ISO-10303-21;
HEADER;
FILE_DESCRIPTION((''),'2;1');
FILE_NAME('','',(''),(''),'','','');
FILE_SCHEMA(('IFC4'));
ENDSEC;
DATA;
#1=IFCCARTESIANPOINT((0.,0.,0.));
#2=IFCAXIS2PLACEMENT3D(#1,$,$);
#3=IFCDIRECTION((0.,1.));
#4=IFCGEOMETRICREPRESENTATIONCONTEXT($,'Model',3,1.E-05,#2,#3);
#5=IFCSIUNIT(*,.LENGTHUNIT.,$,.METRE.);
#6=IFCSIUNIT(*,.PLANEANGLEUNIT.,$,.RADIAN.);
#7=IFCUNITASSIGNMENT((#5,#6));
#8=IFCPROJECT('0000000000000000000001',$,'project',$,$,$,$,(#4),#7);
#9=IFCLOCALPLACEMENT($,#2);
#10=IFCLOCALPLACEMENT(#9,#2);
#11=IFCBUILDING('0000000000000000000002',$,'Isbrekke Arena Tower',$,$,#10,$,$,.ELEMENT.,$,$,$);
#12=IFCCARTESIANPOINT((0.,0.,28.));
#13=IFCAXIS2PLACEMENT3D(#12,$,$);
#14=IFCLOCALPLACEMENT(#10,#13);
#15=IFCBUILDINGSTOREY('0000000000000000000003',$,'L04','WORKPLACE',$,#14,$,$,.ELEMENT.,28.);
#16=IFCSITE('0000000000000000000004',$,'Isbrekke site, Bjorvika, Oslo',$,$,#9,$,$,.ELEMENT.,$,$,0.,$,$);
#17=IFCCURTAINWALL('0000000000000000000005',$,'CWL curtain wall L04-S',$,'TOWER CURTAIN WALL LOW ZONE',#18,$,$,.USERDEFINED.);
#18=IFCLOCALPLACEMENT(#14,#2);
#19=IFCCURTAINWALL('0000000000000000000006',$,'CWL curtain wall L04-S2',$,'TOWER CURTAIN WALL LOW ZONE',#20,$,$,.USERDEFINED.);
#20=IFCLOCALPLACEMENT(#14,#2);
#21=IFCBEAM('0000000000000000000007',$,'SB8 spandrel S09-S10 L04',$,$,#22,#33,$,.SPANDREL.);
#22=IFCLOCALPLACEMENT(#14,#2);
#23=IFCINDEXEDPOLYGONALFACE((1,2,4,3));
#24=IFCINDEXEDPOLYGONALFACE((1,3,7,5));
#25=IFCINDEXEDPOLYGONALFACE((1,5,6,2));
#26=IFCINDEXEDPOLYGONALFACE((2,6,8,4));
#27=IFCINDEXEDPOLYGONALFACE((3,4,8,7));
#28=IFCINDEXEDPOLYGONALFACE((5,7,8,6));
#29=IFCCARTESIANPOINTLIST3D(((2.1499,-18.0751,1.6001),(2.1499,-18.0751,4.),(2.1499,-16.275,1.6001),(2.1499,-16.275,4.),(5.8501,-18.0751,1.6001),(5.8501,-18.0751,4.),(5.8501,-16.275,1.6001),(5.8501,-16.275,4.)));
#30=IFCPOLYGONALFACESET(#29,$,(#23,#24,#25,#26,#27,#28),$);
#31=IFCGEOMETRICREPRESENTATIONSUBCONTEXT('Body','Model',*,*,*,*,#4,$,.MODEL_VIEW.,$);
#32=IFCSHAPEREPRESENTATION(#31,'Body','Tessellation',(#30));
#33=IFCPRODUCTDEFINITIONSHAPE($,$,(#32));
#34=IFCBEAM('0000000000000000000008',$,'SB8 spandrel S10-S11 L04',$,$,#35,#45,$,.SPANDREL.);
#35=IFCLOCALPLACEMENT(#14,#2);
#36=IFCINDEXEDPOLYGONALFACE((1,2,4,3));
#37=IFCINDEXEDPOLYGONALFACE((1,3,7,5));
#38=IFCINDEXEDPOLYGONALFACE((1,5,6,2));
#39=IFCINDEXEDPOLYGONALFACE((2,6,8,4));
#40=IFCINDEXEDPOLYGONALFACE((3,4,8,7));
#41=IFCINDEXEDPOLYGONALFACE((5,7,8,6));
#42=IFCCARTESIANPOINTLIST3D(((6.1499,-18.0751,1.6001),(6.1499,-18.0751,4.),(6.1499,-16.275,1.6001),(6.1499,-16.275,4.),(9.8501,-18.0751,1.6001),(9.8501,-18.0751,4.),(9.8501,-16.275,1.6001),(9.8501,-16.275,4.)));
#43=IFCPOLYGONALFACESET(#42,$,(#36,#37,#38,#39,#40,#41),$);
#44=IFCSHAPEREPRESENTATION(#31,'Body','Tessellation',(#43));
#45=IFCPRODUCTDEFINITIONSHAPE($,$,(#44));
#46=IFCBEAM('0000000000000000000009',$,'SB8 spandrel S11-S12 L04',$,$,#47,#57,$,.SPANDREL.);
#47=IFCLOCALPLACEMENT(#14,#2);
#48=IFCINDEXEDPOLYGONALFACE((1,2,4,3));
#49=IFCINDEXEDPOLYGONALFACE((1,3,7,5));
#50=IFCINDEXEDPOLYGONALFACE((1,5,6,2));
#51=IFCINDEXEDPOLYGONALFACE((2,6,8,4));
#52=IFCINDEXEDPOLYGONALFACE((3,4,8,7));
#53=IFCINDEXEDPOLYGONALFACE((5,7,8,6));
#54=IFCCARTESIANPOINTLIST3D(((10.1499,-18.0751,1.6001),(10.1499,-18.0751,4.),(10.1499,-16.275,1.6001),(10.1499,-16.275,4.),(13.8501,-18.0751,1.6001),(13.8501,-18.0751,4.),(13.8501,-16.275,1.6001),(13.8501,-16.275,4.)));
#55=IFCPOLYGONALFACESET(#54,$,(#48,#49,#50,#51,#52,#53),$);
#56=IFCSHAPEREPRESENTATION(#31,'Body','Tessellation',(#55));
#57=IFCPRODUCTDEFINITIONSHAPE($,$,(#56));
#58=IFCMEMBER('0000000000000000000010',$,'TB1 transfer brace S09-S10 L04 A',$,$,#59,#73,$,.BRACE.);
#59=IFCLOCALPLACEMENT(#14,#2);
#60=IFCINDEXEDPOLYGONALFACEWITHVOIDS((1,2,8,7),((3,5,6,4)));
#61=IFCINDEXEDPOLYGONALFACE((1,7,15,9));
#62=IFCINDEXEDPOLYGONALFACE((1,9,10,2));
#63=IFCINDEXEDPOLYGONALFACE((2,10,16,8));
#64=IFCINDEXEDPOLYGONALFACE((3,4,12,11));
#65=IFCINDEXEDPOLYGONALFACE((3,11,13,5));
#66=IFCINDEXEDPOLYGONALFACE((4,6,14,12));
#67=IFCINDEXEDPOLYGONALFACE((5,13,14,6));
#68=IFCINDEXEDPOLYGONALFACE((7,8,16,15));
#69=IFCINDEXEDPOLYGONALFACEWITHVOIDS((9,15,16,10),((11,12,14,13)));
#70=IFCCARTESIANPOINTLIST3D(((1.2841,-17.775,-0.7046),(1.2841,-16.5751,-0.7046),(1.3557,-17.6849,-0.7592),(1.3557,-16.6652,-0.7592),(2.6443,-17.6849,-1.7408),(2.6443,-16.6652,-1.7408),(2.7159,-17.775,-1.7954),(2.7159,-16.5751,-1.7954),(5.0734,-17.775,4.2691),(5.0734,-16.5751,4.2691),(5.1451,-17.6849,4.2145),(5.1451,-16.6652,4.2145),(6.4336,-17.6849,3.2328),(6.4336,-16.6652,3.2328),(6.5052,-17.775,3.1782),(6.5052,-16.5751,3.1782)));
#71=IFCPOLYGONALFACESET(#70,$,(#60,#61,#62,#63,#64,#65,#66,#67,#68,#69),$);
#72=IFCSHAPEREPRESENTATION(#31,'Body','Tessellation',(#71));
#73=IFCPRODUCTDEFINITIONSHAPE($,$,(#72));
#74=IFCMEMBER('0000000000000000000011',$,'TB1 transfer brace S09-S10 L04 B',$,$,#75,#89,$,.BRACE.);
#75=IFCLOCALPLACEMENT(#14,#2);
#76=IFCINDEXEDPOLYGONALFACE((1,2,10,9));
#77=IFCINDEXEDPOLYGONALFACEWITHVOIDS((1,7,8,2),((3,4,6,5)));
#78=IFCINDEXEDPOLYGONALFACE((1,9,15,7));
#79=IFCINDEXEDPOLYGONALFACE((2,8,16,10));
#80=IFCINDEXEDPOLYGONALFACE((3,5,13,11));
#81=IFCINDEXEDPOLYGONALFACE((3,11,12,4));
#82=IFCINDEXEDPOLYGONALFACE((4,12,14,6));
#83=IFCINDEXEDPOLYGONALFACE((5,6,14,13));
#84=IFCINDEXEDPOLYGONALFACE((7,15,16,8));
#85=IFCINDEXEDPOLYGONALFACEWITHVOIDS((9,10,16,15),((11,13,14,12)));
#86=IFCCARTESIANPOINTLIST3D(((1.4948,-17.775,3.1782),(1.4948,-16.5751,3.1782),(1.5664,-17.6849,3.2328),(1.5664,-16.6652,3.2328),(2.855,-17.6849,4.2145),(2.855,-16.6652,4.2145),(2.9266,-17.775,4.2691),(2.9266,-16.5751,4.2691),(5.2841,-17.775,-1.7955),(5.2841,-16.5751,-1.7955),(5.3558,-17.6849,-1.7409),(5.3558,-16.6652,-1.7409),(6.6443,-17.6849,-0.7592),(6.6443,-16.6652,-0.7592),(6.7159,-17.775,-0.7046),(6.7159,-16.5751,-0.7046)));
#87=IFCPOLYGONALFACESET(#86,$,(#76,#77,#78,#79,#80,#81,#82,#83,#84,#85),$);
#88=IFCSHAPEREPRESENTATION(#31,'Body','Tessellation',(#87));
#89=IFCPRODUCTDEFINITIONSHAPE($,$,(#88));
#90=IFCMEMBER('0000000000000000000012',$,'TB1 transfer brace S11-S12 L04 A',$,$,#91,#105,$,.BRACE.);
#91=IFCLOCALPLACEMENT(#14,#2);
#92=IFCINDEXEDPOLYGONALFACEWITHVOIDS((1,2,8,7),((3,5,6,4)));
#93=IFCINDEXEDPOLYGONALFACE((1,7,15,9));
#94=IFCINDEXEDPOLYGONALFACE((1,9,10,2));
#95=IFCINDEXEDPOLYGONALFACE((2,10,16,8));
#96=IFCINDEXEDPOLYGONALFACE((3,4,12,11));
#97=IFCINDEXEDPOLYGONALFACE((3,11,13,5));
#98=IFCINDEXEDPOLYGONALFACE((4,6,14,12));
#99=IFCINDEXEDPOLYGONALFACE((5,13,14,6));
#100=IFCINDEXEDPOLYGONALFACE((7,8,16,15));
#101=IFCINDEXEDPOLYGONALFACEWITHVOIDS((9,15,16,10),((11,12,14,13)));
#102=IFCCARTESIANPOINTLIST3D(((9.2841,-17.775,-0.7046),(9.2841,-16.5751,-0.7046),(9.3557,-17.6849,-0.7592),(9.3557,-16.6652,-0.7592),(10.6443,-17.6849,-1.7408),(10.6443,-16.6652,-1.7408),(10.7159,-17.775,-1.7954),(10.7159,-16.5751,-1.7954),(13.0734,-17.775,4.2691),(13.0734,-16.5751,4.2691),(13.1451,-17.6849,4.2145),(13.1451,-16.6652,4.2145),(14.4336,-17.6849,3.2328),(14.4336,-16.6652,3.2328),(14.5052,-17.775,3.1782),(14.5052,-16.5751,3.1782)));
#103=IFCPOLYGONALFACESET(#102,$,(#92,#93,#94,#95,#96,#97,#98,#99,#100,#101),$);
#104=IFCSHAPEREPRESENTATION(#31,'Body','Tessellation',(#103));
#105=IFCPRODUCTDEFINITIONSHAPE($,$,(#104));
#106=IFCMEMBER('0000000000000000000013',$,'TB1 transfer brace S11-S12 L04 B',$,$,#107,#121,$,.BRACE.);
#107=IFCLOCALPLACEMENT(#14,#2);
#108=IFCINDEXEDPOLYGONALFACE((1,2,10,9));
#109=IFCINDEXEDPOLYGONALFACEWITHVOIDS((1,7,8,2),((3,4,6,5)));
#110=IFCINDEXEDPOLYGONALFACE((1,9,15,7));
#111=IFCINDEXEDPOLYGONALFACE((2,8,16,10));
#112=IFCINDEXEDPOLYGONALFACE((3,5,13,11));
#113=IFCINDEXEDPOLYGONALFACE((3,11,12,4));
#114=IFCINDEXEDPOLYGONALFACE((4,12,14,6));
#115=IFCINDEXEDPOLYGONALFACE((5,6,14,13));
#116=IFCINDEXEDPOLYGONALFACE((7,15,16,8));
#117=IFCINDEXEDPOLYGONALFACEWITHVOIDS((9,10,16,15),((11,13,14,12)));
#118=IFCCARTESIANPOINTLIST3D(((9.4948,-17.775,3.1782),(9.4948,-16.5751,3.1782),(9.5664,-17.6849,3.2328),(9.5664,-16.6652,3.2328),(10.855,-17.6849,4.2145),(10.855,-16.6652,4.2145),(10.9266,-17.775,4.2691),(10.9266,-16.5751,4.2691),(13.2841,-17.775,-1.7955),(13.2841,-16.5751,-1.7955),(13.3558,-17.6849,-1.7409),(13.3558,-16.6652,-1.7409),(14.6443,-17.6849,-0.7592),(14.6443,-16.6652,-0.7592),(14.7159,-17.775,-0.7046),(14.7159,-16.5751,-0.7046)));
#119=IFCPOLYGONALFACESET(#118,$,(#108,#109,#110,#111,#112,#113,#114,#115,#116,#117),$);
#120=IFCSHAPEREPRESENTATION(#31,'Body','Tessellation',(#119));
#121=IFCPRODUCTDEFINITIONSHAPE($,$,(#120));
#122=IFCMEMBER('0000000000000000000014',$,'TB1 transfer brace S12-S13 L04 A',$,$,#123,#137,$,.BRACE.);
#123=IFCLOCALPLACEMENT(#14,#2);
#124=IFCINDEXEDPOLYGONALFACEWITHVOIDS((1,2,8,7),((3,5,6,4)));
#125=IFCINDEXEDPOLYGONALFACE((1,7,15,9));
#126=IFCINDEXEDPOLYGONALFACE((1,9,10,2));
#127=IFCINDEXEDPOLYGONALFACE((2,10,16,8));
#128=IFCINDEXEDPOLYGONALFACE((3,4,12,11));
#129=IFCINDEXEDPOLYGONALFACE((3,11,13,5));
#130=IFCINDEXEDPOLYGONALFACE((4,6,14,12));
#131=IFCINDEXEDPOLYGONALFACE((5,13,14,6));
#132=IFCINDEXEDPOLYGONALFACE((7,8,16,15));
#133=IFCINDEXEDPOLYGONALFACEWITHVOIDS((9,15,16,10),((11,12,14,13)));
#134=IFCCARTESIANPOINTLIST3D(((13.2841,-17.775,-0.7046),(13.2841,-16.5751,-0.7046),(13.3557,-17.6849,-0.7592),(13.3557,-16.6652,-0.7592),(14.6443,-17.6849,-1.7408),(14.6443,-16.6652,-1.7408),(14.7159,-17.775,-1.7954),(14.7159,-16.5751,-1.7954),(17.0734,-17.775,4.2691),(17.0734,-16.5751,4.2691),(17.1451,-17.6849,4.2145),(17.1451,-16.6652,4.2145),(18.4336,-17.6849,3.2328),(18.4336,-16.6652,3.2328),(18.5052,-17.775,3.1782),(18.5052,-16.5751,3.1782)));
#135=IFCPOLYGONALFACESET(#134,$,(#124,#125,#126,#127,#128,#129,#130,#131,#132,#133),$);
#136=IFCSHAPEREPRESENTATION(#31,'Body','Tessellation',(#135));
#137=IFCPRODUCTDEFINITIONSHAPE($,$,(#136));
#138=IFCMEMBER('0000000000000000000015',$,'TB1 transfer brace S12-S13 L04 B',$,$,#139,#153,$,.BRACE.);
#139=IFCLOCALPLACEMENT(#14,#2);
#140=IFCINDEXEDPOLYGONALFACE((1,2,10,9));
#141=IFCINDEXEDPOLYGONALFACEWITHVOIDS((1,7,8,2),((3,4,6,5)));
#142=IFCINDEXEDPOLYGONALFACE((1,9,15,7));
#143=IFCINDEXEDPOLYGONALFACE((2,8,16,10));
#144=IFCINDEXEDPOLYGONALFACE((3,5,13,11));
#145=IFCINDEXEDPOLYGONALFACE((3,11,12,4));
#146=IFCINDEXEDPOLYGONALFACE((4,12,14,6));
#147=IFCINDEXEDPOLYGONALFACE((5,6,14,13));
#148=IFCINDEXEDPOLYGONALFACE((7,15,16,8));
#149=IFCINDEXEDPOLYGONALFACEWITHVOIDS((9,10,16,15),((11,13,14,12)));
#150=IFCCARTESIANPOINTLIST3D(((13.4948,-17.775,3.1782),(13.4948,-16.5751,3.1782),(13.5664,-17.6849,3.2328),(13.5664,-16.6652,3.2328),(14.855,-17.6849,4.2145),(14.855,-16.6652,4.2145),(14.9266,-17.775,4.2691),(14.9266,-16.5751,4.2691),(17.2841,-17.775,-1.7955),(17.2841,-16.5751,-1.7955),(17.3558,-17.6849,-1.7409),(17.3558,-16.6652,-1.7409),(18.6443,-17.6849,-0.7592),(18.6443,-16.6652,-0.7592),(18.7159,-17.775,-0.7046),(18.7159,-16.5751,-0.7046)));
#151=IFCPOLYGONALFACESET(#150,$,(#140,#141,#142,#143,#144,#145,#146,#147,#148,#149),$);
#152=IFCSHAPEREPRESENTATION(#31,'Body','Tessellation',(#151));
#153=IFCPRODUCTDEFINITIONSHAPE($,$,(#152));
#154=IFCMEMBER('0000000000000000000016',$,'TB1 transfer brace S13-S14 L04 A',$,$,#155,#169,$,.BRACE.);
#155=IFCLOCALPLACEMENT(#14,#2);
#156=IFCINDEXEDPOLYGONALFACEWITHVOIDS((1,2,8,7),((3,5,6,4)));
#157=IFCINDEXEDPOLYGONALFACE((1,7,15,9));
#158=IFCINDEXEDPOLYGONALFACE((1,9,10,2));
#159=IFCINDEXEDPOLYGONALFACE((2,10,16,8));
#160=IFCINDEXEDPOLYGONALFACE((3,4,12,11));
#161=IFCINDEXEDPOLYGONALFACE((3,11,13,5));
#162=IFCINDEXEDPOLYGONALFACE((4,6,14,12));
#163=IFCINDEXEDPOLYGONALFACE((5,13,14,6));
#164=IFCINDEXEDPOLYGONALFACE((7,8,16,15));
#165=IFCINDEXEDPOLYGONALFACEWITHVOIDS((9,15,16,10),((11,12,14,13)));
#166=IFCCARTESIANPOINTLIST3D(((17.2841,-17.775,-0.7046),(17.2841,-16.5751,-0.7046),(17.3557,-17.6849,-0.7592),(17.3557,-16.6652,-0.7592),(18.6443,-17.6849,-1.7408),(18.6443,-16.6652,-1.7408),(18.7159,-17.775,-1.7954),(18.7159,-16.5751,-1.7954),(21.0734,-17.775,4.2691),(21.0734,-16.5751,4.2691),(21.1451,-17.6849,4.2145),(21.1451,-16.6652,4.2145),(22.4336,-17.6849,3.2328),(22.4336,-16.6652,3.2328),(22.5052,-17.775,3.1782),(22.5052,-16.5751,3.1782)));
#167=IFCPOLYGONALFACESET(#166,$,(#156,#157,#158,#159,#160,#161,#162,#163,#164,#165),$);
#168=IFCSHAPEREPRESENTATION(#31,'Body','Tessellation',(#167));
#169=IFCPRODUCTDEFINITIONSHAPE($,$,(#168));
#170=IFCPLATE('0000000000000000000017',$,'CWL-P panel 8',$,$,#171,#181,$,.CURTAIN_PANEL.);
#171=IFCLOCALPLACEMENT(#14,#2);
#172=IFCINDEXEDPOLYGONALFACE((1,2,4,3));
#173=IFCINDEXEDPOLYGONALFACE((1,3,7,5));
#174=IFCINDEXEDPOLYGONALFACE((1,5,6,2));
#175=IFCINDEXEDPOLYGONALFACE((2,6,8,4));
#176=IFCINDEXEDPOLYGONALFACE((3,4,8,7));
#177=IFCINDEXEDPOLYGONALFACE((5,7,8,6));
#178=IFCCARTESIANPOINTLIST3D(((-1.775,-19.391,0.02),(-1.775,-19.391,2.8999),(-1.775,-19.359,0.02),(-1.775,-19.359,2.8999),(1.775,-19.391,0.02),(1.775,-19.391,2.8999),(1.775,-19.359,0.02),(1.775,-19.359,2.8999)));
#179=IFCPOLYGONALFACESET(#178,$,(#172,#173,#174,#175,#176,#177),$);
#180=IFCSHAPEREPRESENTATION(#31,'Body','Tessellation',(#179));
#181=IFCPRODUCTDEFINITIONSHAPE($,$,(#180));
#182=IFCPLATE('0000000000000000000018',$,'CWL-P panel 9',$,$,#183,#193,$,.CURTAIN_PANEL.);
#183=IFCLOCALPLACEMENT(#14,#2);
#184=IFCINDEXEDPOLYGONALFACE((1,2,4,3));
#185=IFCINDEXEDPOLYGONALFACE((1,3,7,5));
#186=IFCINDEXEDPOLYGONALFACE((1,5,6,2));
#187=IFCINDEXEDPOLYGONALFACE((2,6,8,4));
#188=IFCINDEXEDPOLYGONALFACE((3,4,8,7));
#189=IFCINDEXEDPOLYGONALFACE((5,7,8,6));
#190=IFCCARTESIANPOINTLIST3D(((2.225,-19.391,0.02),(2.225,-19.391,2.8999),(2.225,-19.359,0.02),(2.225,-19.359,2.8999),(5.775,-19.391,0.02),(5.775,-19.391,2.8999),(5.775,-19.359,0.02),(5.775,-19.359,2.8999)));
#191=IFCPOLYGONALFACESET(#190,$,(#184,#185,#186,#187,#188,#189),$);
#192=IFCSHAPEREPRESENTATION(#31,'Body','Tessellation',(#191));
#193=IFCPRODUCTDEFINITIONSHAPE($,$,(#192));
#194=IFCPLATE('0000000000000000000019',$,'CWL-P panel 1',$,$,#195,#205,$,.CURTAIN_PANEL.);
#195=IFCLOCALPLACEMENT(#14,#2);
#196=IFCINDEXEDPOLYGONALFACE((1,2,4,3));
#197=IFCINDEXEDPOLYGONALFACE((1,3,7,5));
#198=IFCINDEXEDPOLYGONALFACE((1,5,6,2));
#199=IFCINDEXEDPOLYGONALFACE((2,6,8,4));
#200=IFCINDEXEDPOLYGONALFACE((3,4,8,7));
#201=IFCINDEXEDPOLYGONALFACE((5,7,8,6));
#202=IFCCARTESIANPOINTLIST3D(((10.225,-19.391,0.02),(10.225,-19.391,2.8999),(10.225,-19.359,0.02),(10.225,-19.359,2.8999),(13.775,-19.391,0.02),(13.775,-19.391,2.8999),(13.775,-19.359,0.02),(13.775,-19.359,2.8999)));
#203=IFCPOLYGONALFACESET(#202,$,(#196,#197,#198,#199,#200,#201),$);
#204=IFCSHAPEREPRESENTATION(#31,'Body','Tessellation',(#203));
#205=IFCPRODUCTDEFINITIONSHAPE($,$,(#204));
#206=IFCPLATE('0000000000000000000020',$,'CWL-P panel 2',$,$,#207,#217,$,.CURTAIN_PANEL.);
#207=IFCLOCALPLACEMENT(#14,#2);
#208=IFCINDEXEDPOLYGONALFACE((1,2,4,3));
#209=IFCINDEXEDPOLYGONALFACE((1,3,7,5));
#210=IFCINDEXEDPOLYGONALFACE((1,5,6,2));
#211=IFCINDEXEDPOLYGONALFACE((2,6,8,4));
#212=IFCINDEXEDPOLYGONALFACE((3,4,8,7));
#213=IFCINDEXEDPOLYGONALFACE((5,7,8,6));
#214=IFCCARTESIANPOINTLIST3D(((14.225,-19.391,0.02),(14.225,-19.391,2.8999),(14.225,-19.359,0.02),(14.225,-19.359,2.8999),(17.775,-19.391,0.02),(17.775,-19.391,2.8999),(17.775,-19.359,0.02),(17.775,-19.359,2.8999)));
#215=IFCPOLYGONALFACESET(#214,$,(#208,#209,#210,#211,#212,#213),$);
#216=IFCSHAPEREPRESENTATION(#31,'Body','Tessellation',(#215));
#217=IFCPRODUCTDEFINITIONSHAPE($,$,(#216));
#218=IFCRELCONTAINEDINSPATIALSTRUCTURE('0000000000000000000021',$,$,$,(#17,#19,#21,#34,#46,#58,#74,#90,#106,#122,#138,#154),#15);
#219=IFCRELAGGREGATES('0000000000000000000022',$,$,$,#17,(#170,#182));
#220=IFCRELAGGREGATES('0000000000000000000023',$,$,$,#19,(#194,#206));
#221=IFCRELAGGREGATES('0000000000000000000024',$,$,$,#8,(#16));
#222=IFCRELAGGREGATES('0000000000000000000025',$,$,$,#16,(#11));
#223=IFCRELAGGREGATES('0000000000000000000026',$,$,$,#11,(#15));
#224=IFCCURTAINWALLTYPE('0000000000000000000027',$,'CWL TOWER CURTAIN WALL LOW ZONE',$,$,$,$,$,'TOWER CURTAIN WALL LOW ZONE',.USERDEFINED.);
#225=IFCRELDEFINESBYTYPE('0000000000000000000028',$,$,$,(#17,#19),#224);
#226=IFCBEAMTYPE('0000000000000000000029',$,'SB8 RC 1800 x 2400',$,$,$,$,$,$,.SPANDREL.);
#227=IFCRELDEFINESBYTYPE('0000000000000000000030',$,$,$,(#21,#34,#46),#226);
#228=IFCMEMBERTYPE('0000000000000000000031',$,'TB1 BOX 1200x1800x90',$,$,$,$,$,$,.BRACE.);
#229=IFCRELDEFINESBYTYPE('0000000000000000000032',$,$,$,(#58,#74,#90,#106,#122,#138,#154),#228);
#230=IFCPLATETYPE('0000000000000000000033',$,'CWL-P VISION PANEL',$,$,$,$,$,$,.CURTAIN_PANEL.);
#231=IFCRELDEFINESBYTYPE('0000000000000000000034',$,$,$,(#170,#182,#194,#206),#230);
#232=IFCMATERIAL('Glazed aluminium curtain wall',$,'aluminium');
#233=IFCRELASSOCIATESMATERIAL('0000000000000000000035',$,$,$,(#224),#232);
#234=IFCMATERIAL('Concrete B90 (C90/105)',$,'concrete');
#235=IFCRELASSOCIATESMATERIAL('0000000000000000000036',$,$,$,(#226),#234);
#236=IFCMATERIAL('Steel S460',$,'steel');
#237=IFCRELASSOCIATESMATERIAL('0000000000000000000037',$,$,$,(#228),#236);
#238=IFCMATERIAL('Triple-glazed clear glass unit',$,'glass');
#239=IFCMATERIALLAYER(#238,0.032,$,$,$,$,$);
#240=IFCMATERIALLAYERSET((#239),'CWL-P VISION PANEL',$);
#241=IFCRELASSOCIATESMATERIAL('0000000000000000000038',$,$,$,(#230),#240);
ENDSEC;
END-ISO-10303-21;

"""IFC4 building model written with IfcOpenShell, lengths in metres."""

from ifc_helpers import new_model, si_unit, direction, frame, origin, origin_2d, place, context, subcontext, project, spatial, rectangle, hollow_rectangle, extrude, material, layer, layer_set, material_profile, profile_set, type_object, element, aggregate, save


model = new_model("IFC4")

# Units and contexts
model_context = context("Model", 3, precision=1e-05, world=origin(), true_north=direction((0.0, 1.0)))
body_context = subcontext(model_context, "Body", "Model", "MODEL_VIEW")
ifc_project = project(units=[si_unit("LENGTHUNIT", "METRE"), si_unit("PLANEANGLEUNIT", "RADIAN")], contexts=[model_context])

# Site, building, storey
site_placement = place(None, origin())
site = spatial("IfcSite", under=ifc_project, at=site_placement, Name="Isbrekke site, Bjorvika, Oslo", CompositionType="ELEMENT", RefElevation=0.0)
building_placement = place(site_placement, origin())
building = spatial("IfcBuilding", under=site, at=building_placement, Name="Isbrekke Arena Tower", CompositionType="ELEMENT")
storey_placement = place(building_placement, frame((0.0, 0.0, 28.0)))
storey = spatial("IfcBuildingStorey", under=building, at=storey_placement, Name="L04", Description="WORKPLACE", CompositionType="ELEMENT", Elevation=28.0)

# Curtain walls
ifc_material_1 = material(Name="Glazed aluminium curtain wall", Category="aluminium")
curtain_wall_type = type_object("IfcCurtainWallType", Name="CWL TOWER CURTAIN WALL LOW ZONE", ElementType="TOWER CURTAIN WALL LOW ZONE", PredefinedType="USERDEFINED", material=ifc_material_1)
curtain_wall_1_placement = place(storey_placement, origin())
curtain_wall_1 = element("IfcCurtainWall", 1, at=curtain_wall_1_placement, inside=storey, type_object=curtain_wall_type, Name="CWL curtain wall L04-S", ObjectType="TOWER CURTAIN WALL LOW ZONE", PredefinedType="USERDEFINED")
curtain_wall_2_placement = place(storey_placement, origin())
curtain_wall_2 = element("IfcCurtainWall", 2, at=curtain_wall_2_placement, inside=storey, type_object=curtain_wall_type, Name="CWL curtain wall L04-S2", ObjectType="TOWER CURTAIN WALL LOW ZONE", PredefinedType="USERDEFINED")

# Beams
ifc_material_2 = material(Name="Concrete B90 (C90/105)", Category="concrete")
ifc_material_profile_1 = material_profile(ifc_material_2, rectangle(XDim=1.8, YDim=2.3999, at=origin_2d()), Name="RC 1800x2400")
ifc_profile_set_1 = profile_set([ifc_material_profile_1], Name="Concrete B90 (C90/105)")
beam_type_1 = type_object("IfcBeamType", Name="SB8 RC 1800 x 2400", PredefinedType="SPANDREL", material=ifc_profile_set_1)
for number, where, z_axis, x_axis, name in (
    (3, (2.1499, -17.175, 2.8), (1.0, 0.0, 0.0), (0.0, 1.0, 0.0), "SB8 spandrel S09-S10 L04"),
    (4, (6.1499, -17.175, 2.8), (1.0, 0.0, 0.0), (0.0, 1.0, 0.0), "SB8 spandrel S10-S11 L04"),
    (5, (10.1499, -17.175, 2.8), (1.0, 0.0, 0.0), (0.0, 1.0, 0.0), "SB8 spandrel S11-S12 L04"),
):
    element("IfcBeam", number, at=place(storey_placement, frame(where, z_axis=z_axis, x_axis=x_axis)), inside=storey, type_object=beam_type_1, Name=name, PredefinedType="SPANDREL", context=body_context, shape_type="SweptSolid", body=[
        extrude(rectangle(XDim=1.8, YDim=2.3999, at=origin_2d()), origin(), (0.0, 0.0, 1.0), 3.7002),
    ])

# Members
ifc_material_3 = material(Name="Steel S460", Category="steel")
ifc_material_profile_2 = material_profile(ifc_material_3, hollow_rectangle(XDim=1.2, YDim=1.8, WallThickness=0.0901, at=origin_2d()), Name="BOX 1200x1800x90")
ifc_profile_set_2 = profile_set([ifc_material_profile_2], Name="Steel S460")
member_type_1 = type_object("IfcMemberType", Name="TB1 BOX 1200x1800x90", PredefinedType="BRACE", material=ifc_profile_set_2)
for number, where, z_axis, x_axis, name in (
    (6, (2.0, -17.175, -1.25), (0.60603, 0.0, 0.795442), (0.0, 1.0, 0.0), "TB1 transfer brace S09-S10 L04 A"),
    (7, (2.2107, -17.175, 3.7236), (0.60603, 0.0, -0.795442), (0.0, 1.0, 0.0), "TB1 transfer brace S09-S10 L04 B"),
    (8, (10.0, -17.175, -1.25), (0.60603, 0.0, 0.795442), (0.0, 1.0, 0.0), "TB1 transfer brace S11-S12 L04 A"),
    (9, (10.2107, -17.175, 3.7236), (0.60603, 0.0, -0.795442), (0.0, 1.0, 0.0), "TB1 transfer brace S11-S12 L04 B"),
    (10, (14.0, -17.175, -1.25), (0.60603, 0.0, 0.795442), (0.0, 1.0, 0.0), "TB1 transfer brace S12-S13 L04 A"),
    (11, (14.2107, -17.175, 3.7236), (0.60603, 0.0, -0.795442), (0.0, 1.0, 0.0), "TB1 transfer brace S12-S13 L04 B"),
    (12, (18.0, -17.175, -1.25), (0.60603, 0.0, 0.795442), (0.0, 1.0, 0.0), "TB1 transfer brace S13-S14 L04 A"),
):
    element("IfcMember", number, at=place(storey_placement, frame(where, z_axis=z_axis, x_axis=x_axis)), inside=storey, type_object=member_type_1, Name=name, PredefinedType="BRACE", context=body_context, shape_type="SweptSolid", body=[
        extrude(hollow_rectangle(XDim=1.2, YDim=1.8, WallThickness=0.0901, at=origin_2d()), origin(), (0.0, 0.0, 1.0), 6.2527),
    ])

# Plates
ifc_material_4 = material(Name="Triple-glazed clear glass unit", Category="glass")
ifc_layer_1 = layer(ifc_material_4, 0.032)
ifc_layer_set_1 = layer_set([ifc_layer_1], Name="CWL-P VISION PANEL")
plate_type = type_object("IfcPlateType", Name="CWL-P VISION PANEL", PredefinedType="CURTAIN_PANEL", material=ifc_layer_set_1)
plate_1_placement = place(storey_placement, frame((0.0, -19.375, 0.02), z_axis=(0.0, 0.0, 1.0), x_axis=(1.0, 0.0, 0.0)))
plate_1 = element("IfcPlate", 13, at=plate_1_placement, type_object=plate_type, Name="CWL-P panel 8", PredefinedType="CURTAIN_PANEL", context=body_context, shape_type="SweptSolid", body=[
    extrude(rectangle(XDim=3.55, YDim=0.032, at=origin_2d()), origin(), (0.0, 0.0, 1.0), 2.8799),
])
plate_2_placement = place(storey_placement, frame((4.0, -19.375, 0.02), z_axis=(0.0, 0.0, 1.0), x_axis=(1.0, 0.0, 0.0)))
plate_2 = element("IfcPlate", 14, at=plate_2_placement, type_object=plate_type, Name="CWL-P panel 9", PredefinedType="CURTAIN_PANEL", context=body_context, shape_type="SweptSolid", body=[
    extrude(rectangle(XDim=3.55, YDim=0.032, at=origin_2d()), origin(), (0.0, 0.0, 1.0), 2.8799),
])
aggregate(curtain_wall_1, [plate_1, plate_2])
plate_3_placement = place(storey_placement, frame((12.0, -19.375, 0.02), z_axis=(0.0, 0.0, 1.0), x_axis=(1.0, 0.0, 0.0)))
plate_3 = element("IfcPlate", 15, at=plate_3_placement, type_object=plate_type, Name="CWL-P panel 1", PredefinedType="CURTAIN_PANEL", context=body_context, shape_type="SweptSolid", body=[
    extrude(rectangle(XDim=3.55, YDim=0.032, at=origin_2d()), origin(), (0.0, 0.0, 1.0), 2.8799),
])
plate_4_placement = place(storey_placement, frame((16.0, -19.375, 0.02), z_axis=(0.0, 0.0, 1.0), x_axis=(1.0, 0.0, 0.0)))
plate_4 = element("IfcPlate", 16, at=plate_4_placement, type_object=plate_type, Name="CWL-P panel 2", PredefinedType="CURTAIN_PANEL", context=body_context, shape_type="SweptSolid", body=[
    extrude(rectangle(XDim=3.55, YDim=0.032, at=origin_2d()), origin(), (0.0, 0.0, 1.0), 2.8799),
])
aggregate(curtain_wall_2, [plate_3, plate_4])

save(model, "model.ifc")
